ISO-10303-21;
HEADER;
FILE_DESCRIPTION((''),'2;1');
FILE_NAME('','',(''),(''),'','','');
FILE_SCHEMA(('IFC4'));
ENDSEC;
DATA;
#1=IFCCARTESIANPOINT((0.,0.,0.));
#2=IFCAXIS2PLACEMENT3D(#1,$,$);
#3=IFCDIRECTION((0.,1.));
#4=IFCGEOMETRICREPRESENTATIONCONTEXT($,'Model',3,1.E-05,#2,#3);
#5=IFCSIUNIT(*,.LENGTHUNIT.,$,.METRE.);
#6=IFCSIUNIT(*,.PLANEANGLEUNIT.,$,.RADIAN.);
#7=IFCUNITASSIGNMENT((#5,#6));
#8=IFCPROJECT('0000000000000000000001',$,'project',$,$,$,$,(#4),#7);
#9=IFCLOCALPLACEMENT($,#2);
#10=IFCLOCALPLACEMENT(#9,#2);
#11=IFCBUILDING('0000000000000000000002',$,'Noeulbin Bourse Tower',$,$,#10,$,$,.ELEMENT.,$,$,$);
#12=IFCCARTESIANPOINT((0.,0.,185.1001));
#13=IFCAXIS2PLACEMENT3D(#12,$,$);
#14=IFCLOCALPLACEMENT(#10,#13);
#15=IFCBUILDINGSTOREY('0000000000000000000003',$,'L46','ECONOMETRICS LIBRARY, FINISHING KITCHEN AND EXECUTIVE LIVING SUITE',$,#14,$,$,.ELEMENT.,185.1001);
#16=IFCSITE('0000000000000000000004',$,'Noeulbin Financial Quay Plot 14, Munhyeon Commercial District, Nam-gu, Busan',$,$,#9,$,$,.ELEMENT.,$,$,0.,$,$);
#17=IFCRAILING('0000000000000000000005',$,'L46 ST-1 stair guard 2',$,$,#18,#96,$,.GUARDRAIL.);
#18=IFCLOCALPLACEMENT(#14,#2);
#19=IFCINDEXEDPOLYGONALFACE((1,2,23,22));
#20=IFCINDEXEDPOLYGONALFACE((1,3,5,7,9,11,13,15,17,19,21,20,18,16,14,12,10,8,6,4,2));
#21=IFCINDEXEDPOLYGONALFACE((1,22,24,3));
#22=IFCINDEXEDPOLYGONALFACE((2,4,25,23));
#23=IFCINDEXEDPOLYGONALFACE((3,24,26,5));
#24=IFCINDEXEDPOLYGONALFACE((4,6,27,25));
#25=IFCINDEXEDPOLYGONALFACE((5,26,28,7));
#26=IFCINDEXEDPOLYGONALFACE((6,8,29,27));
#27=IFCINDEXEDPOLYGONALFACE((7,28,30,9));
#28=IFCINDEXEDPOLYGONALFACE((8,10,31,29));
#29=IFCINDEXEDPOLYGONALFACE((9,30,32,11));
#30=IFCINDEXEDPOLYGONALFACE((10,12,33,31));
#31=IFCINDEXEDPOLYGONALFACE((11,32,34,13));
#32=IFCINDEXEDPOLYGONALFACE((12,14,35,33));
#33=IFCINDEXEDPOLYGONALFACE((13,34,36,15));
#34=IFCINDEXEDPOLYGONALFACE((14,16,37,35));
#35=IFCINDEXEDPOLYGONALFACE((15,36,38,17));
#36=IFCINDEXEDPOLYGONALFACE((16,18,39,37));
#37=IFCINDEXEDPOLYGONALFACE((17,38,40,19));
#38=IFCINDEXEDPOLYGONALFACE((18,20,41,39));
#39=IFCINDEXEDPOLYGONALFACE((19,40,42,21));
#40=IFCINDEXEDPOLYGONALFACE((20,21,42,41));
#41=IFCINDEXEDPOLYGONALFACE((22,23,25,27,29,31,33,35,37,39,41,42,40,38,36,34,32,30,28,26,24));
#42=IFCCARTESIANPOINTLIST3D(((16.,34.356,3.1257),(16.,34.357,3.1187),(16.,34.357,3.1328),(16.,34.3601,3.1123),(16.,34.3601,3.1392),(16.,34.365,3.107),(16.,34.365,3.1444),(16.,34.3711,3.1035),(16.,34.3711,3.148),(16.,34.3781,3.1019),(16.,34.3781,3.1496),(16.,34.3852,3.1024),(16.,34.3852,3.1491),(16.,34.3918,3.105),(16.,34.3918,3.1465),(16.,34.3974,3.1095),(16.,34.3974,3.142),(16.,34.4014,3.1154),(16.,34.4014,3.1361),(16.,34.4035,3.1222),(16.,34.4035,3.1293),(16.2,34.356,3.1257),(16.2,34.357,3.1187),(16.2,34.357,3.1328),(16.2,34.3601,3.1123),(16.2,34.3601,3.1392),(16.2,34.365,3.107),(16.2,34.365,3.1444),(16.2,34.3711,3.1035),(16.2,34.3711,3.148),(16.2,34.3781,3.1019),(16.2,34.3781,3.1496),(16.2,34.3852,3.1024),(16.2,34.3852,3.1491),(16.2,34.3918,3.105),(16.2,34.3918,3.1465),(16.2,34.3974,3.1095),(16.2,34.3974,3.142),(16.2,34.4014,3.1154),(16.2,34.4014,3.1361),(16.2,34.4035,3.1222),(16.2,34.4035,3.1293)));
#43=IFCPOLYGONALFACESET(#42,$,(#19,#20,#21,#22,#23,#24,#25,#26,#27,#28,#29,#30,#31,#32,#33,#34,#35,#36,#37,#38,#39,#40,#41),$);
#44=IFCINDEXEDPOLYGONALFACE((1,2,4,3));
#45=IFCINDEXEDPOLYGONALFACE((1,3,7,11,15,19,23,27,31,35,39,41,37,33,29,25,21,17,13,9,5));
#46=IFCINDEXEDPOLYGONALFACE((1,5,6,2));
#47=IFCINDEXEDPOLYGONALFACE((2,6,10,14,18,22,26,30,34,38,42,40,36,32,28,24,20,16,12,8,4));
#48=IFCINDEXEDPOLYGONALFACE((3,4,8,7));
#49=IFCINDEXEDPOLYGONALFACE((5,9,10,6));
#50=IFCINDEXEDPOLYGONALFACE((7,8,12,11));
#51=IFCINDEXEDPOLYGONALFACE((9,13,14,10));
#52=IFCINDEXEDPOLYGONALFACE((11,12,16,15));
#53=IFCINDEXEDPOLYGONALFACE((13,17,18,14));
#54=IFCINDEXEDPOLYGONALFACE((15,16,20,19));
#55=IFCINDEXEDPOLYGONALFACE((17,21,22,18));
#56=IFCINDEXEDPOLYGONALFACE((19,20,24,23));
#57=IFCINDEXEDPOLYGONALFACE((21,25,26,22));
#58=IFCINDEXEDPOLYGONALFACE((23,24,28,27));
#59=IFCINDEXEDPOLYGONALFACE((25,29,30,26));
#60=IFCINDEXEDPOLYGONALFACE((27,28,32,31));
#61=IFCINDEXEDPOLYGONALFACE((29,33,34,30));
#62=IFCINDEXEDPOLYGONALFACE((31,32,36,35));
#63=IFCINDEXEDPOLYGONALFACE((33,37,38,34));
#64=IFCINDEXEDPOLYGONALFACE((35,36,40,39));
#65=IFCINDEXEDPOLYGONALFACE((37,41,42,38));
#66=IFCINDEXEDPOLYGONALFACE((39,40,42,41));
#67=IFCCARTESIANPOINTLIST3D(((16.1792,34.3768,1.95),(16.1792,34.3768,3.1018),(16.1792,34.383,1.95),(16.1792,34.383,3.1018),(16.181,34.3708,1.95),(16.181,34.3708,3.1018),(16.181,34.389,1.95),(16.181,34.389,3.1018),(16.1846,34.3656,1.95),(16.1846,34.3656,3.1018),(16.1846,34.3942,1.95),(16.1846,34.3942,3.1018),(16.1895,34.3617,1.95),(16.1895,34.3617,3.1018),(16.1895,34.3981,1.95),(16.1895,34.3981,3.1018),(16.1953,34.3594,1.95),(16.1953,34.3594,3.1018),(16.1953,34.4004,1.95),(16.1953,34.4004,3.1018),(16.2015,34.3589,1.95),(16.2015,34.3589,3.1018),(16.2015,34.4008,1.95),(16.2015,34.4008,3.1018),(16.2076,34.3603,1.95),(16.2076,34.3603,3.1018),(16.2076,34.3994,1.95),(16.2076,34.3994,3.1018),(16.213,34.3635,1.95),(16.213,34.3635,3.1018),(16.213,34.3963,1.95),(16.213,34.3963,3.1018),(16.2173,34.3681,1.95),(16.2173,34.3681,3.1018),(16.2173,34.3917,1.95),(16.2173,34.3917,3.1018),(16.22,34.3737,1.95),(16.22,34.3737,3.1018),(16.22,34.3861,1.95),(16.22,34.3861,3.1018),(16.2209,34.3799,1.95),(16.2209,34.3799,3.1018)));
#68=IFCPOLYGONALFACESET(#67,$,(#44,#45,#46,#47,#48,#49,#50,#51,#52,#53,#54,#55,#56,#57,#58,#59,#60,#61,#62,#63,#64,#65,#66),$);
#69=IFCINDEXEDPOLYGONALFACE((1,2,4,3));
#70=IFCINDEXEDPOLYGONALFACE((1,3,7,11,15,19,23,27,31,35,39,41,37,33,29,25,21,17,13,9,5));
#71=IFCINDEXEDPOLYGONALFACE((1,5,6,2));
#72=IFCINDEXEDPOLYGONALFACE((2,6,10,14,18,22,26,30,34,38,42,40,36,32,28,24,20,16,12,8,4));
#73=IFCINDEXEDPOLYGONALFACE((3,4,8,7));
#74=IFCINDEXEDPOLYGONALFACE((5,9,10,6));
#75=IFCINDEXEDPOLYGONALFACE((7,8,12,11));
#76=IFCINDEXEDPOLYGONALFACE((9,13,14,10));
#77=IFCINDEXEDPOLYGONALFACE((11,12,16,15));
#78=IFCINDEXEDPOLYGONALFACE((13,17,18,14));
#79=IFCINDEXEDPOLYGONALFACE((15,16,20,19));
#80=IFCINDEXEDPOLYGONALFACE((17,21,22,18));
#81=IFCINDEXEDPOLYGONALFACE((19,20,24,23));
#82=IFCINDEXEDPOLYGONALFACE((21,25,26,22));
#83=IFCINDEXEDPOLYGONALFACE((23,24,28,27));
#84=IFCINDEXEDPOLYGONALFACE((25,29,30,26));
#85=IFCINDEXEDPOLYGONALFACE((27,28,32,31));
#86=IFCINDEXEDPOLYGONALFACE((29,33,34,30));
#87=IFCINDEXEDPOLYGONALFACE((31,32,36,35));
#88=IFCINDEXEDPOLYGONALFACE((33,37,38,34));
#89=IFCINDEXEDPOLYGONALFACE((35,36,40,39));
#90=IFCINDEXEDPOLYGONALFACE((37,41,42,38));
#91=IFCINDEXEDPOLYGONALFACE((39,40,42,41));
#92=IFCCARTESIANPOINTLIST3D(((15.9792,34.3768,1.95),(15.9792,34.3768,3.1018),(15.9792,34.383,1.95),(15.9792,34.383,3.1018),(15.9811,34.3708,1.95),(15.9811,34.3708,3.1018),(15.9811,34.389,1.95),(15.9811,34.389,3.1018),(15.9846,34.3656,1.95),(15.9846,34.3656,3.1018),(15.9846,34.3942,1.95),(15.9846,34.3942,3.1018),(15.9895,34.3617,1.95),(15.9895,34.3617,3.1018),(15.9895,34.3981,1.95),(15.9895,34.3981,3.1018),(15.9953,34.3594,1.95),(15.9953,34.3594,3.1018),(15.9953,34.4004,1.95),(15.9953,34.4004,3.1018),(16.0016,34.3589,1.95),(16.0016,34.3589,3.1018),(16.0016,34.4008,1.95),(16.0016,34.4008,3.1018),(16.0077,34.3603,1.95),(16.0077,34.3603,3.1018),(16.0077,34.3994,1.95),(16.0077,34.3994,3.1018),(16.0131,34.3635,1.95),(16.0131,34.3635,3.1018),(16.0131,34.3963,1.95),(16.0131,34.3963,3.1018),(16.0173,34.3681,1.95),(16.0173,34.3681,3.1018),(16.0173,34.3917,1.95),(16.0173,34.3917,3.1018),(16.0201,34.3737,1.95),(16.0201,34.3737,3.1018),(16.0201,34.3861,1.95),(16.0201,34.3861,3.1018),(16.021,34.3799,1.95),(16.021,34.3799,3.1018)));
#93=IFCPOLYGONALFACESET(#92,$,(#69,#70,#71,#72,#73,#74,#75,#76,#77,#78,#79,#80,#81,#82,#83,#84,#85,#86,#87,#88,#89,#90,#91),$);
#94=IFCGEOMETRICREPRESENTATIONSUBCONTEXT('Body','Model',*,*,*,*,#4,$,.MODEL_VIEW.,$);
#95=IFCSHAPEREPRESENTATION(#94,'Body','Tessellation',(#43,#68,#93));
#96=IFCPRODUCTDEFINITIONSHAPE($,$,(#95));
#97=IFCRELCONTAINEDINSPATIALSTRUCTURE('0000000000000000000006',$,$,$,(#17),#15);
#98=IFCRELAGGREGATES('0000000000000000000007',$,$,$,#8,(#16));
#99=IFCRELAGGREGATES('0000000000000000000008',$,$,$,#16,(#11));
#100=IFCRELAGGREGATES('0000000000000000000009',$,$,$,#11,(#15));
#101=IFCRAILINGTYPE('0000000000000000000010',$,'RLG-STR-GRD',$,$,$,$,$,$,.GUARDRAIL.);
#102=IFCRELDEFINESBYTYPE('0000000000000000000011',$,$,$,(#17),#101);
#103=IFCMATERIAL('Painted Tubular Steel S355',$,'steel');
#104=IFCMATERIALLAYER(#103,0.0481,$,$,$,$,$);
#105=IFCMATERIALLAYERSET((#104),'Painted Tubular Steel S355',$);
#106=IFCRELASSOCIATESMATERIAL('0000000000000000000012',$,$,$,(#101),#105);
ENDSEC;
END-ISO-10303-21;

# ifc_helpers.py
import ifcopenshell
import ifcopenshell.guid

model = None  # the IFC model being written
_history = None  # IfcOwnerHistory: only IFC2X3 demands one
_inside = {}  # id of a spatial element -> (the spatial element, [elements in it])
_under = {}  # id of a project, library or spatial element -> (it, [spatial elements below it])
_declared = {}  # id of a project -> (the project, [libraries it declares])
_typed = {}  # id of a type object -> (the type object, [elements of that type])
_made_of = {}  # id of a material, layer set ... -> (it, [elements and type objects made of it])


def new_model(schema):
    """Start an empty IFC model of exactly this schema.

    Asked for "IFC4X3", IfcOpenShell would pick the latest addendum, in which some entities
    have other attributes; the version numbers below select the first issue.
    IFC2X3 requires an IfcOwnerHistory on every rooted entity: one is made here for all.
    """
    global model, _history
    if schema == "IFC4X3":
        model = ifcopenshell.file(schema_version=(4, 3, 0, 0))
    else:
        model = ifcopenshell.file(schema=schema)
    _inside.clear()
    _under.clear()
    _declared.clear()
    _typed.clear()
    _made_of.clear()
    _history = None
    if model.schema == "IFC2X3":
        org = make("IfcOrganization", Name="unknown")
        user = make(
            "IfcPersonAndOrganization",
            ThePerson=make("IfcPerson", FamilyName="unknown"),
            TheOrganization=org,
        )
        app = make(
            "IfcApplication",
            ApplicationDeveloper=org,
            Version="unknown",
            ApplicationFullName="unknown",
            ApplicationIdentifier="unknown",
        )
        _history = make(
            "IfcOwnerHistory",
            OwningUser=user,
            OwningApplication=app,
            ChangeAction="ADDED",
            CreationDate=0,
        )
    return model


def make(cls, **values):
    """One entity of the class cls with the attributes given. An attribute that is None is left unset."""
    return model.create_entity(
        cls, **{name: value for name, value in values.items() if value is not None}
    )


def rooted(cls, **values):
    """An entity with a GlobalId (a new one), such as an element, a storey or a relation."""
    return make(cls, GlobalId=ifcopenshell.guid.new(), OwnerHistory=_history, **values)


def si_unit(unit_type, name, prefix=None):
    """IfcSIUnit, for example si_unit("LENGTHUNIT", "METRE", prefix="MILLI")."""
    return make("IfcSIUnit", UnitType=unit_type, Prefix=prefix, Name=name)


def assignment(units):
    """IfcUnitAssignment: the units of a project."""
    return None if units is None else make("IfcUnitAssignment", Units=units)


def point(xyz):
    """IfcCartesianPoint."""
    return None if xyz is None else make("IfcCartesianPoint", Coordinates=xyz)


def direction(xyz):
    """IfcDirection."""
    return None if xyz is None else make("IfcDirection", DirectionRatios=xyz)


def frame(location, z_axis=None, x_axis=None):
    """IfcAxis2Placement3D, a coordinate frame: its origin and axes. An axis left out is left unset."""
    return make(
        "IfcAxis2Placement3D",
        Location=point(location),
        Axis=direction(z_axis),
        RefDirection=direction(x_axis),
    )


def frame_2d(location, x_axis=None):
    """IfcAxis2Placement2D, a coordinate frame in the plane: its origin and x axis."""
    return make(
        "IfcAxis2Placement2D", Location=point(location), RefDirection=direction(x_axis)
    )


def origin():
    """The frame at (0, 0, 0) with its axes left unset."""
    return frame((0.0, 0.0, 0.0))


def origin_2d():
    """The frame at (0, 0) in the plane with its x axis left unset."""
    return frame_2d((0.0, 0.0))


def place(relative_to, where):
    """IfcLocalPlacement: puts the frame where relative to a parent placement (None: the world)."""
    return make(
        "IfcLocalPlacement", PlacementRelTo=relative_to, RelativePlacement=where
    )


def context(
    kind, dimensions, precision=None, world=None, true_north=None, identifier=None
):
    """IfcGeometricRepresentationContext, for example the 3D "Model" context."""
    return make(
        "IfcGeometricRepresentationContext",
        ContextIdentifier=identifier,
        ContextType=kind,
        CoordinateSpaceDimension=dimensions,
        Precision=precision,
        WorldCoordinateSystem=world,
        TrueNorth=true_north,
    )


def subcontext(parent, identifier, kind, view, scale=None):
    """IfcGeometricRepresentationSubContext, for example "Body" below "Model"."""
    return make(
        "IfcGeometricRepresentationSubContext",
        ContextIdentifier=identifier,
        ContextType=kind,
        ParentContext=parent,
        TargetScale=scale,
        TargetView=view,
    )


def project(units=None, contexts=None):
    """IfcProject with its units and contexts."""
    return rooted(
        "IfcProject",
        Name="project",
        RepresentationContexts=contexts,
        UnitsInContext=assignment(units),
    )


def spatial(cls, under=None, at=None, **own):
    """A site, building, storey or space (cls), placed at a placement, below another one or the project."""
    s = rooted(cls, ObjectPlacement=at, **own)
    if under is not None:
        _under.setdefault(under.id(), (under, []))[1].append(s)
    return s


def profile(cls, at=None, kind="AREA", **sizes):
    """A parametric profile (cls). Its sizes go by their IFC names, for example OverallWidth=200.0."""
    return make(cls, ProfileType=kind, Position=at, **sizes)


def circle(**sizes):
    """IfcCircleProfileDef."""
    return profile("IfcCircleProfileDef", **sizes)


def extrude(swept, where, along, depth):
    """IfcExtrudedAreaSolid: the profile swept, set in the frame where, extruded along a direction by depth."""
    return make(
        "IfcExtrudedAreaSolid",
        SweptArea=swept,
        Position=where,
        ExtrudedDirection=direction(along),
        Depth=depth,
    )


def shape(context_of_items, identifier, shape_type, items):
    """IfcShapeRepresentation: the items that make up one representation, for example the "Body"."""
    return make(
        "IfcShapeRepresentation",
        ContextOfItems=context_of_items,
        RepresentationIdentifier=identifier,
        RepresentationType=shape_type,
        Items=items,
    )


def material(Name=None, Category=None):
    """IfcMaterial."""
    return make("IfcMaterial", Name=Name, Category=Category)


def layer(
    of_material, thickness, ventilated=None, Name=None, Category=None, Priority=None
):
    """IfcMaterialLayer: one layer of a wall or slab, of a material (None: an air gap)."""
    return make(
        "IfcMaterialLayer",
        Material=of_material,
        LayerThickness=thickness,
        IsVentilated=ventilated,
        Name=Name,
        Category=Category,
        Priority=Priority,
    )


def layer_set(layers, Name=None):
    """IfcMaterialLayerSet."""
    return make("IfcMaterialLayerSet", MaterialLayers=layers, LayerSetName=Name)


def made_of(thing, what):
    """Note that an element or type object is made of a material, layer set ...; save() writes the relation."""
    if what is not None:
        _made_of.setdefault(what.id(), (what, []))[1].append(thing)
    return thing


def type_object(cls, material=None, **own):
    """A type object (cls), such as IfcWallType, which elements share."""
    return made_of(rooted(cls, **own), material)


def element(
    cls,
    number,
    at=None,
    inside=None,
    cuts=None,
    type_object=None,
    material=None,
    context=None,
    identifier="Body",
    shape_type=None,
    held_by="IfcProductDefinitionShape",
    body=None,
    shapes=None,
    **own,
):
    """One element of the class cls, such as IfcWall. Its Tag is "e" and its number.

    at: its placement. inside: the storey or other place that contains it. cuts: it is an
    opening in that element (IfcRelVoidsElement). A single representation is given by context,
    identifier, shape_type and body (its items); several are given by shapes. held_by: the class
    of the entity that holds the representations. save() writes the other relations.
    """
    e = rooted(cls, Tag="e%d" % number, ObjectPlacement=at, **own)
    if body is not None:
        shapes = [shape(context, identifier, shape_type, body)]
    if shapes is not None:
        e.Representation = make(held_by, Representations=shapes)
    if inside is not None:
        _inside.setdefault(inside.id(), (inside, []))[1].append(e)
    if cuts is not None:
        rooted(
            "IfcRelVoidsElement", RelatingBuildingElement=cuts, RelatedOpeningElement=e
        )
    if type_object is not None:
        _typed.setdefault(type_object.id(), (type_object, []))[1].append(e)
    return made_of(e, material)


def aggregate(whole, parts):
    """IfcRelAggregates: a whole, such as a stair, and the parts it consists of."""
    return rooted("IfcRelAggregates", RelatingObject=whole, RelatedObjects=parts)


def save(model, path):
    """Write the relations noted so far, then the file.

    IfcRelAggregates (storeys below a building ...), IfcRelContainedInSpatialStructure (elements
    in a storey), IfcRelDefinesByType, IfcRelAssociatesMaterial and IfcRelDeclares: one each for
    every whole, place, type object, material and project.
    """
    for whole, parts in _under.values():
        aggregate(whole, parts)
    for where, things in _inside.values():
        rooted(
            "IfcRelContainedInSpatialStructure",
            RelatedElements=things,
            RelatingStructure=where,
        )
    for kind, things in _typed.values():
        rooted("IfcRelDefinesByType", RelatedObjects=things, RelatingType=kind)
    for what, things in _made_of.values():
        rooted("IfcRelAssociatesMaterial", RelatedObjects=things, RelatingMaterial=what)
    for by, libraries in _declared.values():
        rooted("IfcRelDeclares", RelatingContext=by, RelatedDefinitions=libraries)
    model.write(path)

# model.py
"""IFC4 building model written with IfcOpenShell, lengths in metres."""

from ifc_helpers import new_model, si_unit, direction, frame, origin, origin_2d, place, context, subcontext, project, spatial, circle, extrude, material, layer, layer_set, type_object, element, save


model = new_model("IFC4")

# Units and contexts
model_context = context("Model", 3, precision=1e-05, world=origin(), true_north=direction((0.0, 1.0)))
body_context = subcontext(model_context, "Body", "Model", "MODEL_VIEW")
ifc_project = project(units=[si_unit("LENGTHUNIT", "METRE"), si_unit("PLANEANGLEUNIT", "RADIAN")], contexts=[model_context])

# Site, building, storey
site_placement = place(None, origin())
site = spatial("IfcSite", under=ifc_project, at=site_placement, Name="Noeulbin Financial Quay Plot 14, Munhyeon Commercial District, Nam-gu, Busan", CompositionType="ELEMENT", RefElevation=0.0)
building_placement = place(site_placement, origin())
building = spatial("IfcBuilding", under=site, at=building_placement, Name="Noeulbin Bourse Tower", CompositionType="ELEMENT")
storey_placement = place(building_placement, frame((0.0, 0.0, 185.1001)))
storey = spatial("IfcBuildingStorey", under=building, at=storey_placement, Name="L46", Description="ECONOMETRICS LIBRARY, FINISHING KITCHEN AND EXECUTIVE LIVING SUITE", CompositionType="ELEMENT", Elevation=185.1001)

# Railing
ifc_material_1 = material(Name="Painted Tubular Steel S355", Category="steel")
ifc_layer_1 = layer(ifc_material_1, 0.0481)
ifc_layer_set_1 = layer_set([ifc_layer_1], Name="Painted Tubular Steel S355")
railing_type_1 = type_object("IfcRailingType", Name="RLG-STR-GRD", PredefinedType="GUARDRAIL", material=ifc_layer_set_1)
railing_1_placement = place(storey_placement, frame((16.2, 34.3799, 1.95)))
element("IfcRailing", 1, at=railing_1_placement, inside=storey, type_object=railing_type_1, Name="L46 ST-1 stair guard 2", PredefinedType="GUARDRAIL", context=body_context, shape_type="SweptSolid", body=[
    extrude(circle(Radius=0.0239, at=origin_2d()), frame((0.0, 0.0, 1.1758), z_axis=(-1.0, 0.0, 0.0), x_axis=(0.0, -1.0, 0.0)), (0.0, 0.0, 1.0), 0.2),
    extrude(circle(Radius=0.021, at=origin_2d()), origin(), (0.0, 0.0, 1.0), 1.1519),
    extrude(circle(Radius=0.021, at=origin_2d()), frame((-0.2, 0.0, 0.0)), (0.0, 0.0, 1.0), 1.1519),
])

save(model, "model.ifc")
